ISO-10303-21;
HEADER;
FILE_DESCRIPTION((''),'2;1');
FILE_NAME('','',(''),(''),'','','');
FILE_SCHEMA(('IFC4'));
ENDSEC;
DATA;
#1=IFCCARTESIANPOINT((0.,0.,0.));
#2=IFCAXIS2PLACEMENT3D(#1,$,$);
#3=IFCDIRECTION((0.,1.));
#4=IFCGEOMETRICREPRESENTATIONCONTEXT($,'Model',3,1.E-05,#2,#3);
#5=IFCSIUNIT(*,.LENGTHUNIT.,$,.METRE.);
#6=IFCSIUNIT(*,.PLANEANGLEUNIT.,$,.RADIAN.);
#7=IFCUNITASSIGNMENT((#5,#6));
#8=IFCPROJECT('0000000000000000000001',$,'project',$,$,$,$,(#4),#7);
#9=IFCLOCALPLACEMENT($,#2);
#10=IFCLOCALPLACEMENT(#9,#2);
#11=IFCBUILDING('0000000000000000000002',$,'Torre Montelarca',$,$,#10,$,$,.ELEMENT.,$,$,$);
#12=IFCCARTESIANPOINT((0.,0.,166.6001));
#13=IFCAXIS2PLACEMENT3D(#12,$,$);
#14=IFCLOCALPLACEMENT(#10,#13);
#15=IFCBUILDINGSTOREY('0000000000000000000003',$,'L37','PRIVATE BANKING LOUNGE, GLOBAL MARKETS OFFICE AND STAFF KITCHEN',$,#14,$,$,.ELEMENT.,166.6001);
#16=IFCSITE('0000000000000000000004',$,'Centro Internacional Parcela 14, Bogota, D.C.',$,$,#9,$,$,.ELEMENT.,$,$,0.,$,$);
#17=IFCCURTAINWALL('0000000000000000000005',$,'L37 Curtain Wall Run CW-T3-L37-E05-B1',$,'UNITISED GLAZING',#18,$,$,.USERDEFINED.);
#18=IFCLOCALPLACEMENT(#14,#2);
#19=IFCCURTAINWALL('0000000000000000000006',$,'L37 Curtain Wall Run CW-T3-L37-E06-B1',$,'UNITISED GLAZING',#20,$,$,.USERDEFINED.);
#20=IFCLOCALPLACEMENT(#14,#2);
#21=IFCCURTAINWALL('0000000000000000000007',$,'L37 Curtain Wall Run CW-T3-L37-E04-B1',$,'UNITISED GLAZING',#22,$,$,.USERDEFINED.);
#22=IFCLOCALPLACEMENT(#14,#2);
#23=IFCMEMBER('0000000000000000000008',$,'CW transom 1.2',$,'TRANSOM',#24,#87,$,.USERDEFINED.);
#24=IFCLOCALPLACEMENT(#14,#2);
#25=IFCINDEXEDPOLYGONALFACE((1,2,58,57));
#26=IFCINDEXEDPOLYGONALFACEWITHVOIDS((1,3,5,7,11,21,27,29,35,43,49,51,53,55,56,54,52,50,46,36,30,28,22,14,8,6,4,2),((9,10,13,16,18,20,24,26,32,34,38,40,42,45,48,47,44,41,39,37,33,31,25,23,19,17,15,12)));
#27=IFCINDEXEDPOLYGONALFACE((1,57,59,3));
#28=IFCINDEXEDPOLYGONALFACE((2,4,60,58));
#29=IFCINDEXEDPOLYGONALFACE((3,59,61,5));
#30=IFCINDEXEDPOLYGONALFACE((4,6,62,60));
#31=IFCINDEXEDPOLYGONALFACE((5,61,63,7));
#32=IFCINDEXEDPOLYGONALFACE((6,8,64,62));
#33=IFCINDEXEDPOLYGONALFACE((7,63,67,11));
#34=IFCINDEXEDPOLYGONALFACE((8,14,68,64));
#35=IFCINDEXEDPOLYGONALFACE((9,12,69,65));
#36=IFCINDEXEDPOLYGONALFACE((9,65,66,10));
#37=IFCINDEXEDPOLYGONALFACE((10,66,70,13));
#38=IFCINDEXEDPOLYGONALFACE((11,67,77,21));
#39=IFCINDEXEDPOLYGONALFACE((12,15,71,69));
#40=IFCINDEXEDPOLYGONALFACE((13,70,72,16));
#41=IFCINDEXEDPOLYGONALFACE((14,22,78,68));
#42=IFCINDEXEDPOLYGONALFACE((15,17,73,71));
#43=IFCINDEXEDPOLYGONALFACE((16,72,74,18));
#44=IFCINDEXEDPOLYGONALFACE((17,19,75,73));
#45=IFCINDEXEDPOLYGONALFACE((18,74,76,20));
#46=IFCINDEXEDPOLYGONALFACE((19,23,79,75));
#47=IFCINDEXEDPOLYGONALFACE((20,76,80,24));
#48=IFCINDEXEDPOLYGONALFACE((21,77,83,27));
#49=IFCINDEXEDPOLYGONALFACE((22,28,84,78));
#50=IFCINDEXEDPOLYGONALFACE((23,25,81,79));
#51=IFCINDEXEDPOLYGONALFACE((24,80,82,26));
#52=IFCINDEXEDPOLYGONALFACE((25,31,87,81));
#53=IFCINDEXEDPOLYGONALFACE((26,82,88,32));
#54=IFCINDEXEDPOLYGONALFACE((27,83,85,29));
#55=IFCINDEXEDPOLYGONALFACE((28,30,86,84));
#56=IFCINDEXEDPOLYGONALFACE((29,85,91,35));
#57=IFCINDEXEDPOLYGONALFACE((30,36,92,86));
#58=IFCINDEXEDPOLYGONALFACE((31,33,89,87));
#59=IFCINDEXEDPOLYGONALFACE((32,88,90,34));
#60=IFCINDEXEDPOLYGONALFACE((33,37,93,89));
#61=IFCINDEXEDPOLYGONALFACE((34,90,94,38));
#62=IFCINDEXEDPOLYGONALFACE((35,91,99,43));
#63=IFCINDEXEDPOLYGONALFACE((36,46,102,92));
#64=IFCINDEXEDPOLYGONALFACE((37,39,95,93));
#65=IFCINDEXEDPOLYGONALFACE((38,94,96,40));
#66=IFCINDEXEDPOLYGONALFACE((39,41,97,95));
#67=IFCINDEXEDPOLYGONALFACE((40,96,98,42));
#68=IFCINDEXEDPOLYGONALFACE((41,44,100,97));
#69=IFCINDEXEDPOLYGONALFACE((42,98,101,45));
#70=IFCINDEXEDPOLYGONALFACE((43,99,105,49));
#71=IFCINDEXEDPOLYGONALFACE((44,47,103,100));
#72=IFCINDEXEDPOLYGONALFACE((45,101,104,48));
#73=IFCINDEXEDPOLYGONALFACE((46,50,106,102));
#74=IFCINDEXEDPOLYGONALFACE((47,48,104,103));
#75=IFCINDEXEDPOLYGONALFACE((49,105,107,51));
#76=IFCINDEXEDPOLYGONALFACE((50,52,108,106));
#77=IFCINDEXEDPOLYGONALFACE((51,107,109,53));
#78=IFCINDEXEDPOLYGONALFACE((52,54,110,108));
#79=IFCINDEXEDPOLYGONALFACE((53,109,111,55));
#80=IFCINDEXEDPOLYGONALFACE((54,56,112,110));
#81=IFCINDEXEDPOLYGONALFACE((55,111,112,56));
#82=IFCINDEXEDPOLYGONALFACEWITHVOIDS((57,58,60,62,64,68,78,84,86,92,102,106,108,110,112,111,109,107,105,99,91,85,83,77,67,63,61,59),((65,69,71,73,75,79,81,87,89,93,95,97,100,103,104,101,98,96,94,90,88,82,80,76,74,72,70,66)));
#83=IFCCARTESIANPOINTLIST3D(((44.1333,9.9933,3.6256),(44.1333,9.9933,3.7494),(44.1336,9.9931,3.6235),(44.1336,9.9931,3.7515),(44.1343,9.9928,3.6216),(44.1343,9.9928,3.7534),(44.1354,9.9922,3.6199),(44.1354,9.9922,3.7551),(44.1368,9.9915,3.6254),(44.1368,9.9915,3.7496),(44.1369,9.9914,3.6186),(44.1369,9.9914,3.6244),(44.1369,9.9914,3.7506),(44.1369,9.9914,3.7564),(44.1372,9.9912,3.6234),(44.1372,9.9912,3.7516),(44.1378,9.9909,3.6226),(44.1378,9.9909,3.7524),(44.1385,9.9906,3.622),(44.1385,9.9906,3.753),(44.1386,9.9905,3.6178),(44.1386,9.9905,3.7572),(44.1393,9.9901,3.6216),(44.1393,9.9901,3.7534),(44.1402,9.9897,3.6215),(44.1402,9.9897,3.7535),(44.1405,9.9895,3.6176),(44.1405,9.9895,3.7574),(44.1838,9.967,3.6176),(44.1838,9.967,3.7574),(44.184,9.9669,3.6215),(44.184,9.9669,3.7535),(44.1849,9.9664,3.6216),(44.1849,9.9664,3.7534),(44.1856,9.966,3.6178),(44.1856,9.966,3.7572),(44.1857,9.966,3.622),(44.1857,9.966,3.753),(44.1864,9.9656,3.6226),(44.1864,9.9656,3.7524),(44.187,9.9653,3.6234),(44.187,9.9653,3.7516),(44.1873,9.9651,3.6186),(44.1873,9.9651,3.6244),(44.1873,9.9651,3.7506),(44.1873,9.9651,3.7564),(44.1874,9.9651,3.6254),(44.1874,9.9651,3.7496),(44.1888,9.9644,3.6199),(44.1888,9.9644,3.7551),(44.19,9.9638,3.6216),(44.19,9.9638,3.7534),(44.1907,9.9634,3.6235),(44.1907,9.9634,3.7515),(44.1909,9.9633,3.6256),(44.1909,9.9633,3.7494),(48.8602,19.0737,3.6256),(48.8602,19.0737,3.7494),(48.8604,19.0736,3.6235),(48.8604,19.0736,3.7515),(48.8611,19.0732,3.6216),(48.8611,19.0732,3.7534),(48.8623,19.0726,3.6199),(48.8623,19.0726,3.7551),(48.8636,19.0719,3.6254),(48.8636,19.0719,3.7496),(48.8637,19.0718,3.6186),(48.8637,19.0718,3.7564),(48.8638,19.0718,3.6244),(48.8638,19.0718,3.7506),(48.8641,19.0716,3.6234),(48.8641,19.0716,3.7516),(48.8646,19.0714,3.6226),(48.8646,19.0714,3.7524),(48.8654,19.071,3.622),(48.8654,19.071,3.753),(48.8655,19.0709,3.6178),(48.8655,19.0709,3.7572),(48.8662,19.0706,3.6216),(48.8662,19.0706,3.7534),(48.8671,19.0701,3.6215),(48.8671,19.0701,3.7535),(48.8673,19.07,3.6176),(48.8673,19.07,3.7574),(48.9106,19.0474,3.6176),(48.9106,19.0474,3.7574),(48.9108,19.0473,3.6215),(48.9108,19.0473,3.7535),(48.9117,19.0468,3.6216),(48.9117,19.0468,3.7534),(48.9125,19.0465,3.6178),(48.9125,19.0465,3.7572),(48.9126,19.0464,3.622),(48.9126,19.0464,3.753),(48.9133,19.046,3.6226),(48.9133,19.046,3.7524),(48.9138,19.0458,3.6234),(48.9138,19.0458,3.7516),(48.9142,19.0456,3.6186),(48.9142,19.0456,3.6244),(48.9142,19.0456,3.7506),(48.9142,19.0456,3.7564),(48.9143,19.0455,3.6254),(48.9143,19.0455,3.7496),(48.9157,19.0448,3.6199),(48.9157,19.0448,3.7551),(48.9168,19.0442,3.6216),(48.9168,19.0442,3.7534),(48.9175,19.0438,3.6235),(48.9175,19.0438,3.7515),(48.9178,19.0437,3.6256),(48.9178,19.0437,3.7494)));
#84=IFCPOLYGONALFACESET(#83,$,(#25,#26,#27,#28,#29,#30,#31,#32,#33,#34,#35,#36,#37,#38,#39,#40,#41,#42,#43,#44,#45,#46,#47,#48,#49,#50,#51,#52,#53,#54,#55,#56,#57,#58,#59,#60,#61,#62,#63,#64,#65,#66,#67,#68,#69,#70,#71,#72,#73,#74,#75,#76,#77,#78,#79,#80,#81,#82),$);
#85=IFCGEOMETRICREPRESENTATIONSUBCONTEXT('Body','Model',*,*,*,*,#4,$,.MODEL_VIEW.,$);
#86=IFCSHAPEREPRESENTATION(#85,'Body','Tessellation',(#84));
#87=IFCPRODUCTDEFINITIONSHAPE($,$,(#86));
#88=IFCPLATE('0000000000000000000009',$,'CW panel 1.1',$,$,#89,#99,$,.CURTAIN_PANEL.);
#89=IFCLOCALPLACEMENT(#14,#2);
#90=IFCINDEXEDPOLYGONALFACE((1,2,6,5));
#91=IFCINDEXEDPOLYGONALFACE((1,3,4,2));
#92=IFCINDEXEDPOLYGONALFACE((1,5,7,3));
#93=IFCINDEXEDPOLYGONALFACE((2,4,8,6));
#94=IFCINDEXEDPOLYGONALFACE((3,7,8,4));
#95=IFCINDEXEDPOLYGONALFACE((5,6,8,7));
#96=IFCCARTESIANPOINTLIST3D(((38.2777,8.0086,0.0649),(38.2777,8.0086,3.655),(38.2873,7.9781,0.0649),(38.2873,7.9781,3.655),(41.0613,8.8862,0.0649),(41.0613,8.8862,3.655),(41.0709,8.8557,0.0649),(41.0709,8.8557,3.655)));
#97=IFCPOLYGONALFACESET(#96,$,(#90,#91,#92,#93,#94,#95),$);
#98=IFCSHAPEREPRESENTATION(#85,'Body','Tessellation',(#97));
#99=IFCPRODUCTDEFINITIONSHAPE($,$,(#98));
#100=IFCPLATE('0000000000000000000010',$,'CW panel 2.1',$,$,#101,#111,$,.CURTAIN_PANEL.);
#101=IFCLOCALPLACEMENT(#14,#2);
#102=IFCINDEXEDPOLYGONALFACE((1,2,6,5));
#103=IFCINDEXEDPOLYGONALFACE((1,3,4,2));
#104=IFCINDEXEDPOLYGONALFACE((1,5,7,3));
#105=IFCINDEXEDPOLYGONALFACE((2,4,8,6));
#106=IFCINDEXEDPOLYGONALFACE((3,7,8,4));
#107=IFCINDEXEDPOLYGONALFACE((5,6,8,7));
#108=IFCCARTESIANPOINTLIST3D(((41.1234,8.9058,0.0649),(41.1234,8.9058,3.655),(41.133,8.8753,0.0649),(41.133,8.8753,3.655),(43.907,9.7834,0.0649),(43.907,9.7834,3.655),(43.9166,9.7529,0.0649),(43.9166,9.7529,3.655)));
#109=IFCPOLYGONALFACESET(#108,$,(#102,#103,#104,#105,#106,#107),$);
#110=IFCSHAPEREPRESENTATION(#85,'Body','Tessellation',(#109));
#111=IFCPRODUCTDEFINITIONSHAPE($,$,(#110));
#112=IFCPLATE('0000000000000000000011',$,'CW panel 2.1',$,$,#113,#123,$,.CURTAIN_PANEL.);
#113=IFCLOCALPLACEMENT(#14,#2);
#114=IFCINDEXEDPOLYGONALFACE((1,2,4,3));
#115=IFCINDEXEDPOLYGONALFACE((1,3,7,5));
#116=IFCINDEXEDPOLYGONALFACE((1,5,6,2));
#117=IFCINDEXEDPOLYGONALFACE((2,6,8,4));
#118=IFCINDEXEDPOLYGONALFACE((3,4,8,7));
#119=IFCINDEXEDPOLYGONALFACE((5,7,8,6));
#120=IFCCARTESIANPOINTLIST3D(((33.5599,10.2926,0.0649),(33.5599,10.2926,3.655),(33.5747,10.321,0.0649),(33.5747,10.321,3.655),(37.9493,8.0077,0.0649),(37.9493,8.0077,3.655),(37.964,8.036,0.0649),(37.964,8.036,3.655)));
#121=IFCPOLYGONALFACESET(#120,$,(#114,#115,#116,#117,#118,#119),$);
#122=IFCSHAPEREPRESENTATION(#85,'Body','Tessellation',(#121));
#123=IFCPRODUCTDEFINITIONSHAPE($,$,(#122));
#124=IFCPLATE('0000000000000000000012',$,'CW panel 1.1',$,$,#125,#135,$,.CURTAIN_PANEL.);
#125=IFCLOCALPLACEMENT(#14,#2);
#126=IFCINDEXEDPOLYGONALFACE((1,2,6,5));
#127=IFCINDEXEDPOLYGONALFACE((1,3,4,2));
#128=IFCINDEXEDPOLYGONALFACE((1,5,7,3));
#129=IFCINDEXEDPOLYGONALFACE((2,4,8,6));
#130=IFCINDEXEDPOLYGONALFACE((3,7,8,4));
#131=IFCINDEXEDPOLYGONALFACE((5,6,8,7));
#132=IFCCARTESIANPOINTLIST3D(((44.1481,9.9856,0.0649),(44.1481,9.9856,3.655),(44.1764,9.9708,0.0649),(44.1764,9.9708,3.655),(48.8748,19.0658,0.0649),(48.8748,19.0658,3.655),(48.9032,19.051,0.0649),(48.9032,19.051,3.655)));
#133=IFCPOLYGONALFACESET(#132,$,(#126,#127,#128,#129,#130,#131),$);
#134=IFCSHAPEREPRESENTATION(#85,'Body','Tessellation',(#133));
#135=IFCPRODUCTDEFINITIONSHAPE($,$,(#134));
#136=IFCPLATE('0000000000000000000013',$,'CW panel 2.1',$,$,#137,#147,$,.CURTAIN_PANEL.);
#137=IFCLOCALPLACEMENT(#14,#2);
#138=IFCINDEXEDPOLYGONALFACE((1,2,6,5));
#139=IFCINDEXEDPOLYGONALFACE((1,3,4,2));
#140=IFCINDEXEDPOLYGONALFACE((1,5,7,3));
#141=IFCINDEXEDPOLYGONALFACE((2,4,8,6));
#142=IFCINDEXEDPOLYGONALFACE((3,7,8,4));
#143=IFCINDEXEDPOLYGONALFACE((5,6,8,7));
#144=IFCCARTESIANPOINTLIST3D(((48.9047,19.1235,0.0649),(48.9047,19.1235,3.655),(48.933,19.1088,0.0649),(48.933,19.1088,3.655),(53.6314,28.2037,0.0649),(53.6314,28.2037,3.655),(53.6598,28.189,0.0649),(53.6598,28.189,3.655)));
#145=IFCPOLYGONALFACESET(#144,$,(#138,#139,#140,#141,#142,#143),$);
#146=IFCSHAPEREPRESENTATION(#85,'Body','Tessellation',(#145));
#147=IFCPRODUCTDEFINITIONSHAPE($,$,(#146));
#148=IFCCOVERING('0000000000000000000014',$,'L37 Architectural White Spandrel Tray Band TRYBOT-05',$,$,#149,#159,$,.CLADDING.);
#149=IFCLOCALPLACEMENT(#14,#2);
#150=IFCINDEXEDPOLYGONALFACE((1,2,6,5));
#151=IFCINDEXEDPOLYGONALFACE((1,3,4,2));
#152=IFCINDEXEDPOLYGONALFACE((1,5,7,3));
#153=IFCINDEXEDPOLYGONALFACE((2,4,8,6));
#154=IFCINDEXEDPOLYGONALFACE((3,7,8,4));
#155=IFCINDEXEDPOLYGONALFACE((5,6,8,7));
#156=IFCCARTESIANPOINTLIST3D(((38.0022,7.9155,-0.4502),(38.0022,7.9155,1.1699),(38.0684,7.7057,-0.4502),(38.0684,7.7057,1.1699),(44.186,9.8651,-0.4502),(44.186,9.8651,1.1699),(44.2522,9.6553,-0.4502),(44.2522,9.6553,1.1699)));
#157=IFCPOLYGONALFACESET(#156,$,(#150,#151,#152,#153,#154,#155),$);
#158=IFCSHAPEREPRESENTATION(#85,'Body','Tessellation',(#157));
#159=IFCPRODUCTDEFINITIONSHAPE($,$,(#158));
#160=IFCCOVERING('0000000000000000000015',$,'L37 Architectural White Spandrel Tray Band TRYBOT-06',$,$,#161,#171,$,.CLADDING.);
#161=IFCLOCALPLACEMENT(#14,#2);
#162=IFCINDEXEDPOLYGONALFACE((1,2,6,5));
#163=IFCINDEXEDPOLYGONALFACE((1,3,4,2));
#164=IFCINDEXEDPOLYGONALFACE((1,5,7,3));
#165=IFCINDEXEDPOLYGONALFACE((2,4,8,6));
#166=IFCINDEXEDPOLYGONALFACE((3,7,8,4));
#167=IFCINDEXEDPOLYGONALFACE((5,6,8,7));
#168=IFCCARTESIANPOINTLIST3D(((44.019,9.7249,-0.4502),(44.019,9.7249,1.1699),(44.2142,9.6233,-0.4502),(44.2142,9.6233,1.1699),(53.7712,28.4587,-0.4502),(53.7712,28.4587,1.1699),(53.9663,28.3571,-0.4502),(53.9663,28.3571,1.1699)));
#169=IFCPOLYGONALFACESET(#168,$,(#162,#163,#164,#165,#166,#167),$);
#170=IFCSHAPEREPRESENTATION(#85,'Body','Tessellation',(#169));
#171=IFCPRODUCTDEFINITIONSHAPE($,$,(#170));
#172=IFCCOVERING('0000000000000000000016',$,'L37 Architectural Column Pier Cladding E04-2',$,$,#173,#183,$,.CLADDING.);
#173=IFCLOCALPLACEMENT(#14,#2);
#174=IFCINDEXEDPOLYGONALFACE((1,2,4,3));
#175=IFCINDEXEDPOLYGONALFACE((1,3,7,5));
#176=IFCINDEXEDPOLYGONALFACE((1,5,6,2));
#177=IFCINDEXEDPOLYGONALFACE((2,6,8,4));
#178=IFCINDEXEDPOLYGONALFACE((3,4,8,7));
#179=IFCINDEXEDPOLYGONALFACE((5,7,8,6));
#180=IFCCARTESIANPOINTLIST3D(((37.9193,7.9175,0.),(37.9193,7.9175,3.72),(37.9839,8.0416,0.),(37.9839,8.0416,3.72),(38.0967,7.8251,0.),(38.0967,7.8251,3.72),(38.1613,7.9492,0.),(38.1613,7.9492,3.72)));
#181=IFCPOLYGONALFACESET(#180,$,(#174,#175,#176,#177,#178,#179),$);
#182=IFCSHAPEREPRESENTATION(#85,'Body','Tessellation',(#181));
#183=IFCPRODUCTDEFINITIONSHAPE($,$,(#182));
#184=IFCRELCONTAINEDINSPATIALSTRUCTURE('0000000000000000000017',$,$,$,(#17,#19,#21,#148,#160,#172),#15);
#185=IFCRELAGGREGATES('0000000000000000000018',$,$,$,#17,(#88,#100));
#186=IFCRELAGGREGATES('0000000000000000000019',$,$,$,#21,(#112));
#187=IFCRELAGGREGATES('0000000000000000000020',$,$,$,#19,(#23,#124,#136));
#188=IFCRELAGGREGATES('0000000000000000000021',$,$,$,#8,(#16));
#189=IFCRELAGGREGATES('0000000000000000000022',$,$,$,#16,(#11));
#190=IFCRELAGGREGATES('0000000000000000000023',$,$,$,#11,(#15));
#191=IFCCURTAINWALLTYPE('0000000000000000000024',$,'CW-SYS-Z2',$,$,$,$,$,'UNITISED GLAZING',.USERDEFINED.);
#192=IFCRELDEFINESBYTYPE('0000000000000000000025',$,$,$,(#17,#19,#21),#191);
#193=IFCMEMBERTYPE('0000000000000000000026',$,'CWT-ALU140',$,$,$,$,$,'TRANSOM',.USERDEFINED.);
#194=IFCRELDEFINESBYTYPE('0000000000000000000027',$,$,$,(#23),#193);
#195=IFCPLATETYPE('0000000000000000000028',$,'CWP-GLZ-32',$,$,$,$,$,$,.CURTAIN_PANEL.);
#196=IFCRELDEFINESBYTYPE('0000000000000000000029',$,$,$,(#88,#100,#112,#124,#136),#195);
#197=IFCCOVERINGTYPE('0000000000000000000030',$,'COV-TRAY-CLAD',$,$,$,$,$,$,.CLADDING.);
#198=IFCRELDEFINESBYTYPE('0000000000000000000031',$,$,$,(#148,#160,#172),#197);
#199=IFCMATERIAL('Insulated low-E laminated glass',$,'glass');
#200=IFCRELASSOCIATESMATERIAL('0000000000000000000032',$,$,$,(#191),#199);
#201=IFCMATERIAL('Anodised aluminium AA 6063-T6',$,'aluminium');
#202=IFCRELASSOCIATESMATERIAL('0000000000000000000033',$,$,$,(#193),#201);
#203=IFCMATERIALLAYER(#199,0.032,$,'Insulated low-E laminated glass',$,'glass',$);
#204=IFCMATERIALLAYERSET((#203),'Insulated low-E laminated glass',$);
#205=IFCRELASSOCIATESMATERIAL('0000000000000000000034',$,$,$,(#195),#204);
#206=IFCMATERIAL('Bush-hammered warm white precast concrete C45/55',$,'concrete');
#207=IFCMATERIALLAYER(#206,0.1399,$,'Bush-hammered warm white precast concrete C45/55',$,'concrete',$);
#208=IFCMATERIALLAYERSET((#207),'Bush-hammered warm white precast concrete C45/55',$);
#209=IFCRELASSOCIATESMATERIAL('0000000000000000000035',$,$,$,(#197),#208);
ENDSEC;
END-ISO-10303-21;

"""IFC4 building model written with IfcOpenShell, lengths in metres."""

from ifc_helpers import new_model, si_unit, direction, frame, origin, origin_2d, place, context, subcontext, project, spatial, rectangle, hollow_rectangle, extrude, source, transform, mapped, material, layer, layer_set, material_profile, profile_set, type_object, element, aggregate, save


model = new_model("IFC4")

# Units and contexts
model_context = context("Model", 3, precision=1e-05, world=origin(), true_north=direction((0.0, 1.0)))
body_context = subcontext(model_context, "Body", "Model", "MODEL_VIEW")
ifc_project = project(units=[si_unit("LENGTHUNIT", "METRE"), si_unit("PLANEANGLEUNIT", "RADIAN")], contexts=[model_context])

# Site, building, storey
site_placement = place(None, origin())
site = spatial("IfcSite", under=ifc_project, at=site_placement, Name="Centro Internacional Parcela 14, Bogota, D.C.", CompositionType="ELEMENT", RefElevation=0.0)
building_placement = place(site_placement, origin())
building = spatial("IfcBuilding", under=site, at=building_placement, Name="Torre Montelarca", CompositionType="ELEMENT")
storey_placement = place(building_placement, frame((0.0, 0.0, 166.6001)))
storey = spatial("IfcBuildingStorey", under=building, at=storey_placement, Name="L37", Description="PRIVATE BANKING LOUNGE, GLOBAL MARKETS OFFICE AND STAFF KITCHEN", CompositionType="ELEMENT", Elevation=166.6001)

# Curtain walls
ifc_material_1 = material(Name="Insulated low-E laminated glass", Category="glass")
curtain_wall_type = type_object("IfcCurtainWallType", Name="CW-SYS-Z2", ElementType="UNITISED GLAZING", PredefinedType="USERDEFINED", material=ifc_material_1)
curtain_wall_1_placement = place(storey_placement, origin())
curtain_wall_1 = element("IfcCurtainWall", 1, at=curtain_wall_1_placement, inside=storey, type_object=curtain_wall_type, Name="L37 Curtain Wall Run CW-T3-L37-E05-B1", ObjectType="UNITISED GLAZING", PredefinedType="USERDEFINED")
ifc_material_2 = material(Name="Anodised aluminium AA 6063-T6", Category="aluminium")
ifc_material_profile_1 = material_profile(ifc_material_2, hollow_rectangle(XDim=0.0649, YDim=0.1399, WallThickness=0.0039, InnerFilletRadius=0.0039, OuterFilletRadius=0.0081, at=origin_2d()), Name="ALU65X140X4", Category="aluminium")
ifc_profile_set_1 = profile_set([ifc_material_profile_1], Name="Anodised aluminium AA 6063-T6")
member_type_1 = type_object("IfcMemberType", Name="CWT-ALU140", ElementType="TRANSOM", PredefinedType="USERDEFINED", material=ifc_profile_set_1)
curtain_wall_2_placement = place(storey_placement, origin())
curtain_wall_2 = element("IfcCurtainWall", 2, at=curtain_wall_2_placement, inside=storey, type_object=curtain_wall_type, Name="L37 Curtain Wall Run CW-T3-L37-E06-B1", ObjectType="UNITISED GLAZING", PredefinedType="USERDEFINED")

# Curtain wall
curtain_wall_3_placement = place(storey_placement, origin())
curtain_wall_3 = element("IfcCurtainWall", 3, at=curtain_wall_3_placement, inside=storey, type_object=curtain_wall_type, Name="L37 Curtain Wall Run CW-T3-L37-E04-B1", ObjectType="UNITISED GLAZING", PredefinedType="USERDEFINED")

# Member
shared_shape_1 = source(origin(), body_context, "Body", "SweptSolid", [
    extrude(hollow_rectangle(XDim=0.0649, YDim=0.1399, WallThickness=0.0039, InnerFilletRadius=0.0039, OuterFilletRadius=0.0081, at=origin_2d()), origin(), (0.0, 0.0, 1.0), 10.2371),
])
member_1_placement = place(storey_placement, frame((44.1621, 9.9783, 3.6875), z_axis=(0.46174, 0.887015, 0.0), x_axis=(-0.887015, 0.46174, 0.0)))
member_1 = element("IfcMember", 4, at=member_1_placement, type_object=member_type_1, Name="CW transom 1.2", ObjectType="TRANSOM", PredefinedType="USERDEFINED", context=body_context, shape_type="MappedRepresentation", body=[
    mapped(shared_shape_1, transform((0.0, 0.0, 0.0), scale=1.0)),
])

# Plates
ifc_layer_1 = layer(ifc_material_1, 0.032, Name="Insulated low-E laminated glass", Category="glass")
ifc_layer_set_1 = layer_set([ifc_layer_1], Name="Insulated low-E laminated glass")
plate_type = type_object("IfcPlateType", Name="CWP-GLZ-32", PredefinedType="CURTAIN_PANEL", material=ifc_layer_set_1)
shared_shape_2 = source(origin(), body_context, "Body", "SweptSolid", [
    extrude(rectangle(XDim=2.9187, YDim=0.032, at=origin_2d()), origin(), (0.0, 0.0, 1.0), 3.5901),
])
plate_1_placement = place(storey_placement, frame((39.6743, 8.4321, 0.0649), z_axis=(0.0, 0.0, 1.0), x_axis=(0.953725, 0.300679, 0.0)))
plate_1 = element("IfcPlate", 5, at=plate_1_placement, type_object=plate_type, Name="CW panel 1.1", PredefinedType="CURTAIN_PANEL", context=body_context, shape_type="MappedRepresentation", body=[
    mapped(shared_shape_2, transform((0.0, 0.0, 0.0), scale=1.0)),
])
plate_2_placement = place(storey_placement, frame((42.52, 9.3293, 0.0649), z_axis=(0.0, 0.0, 1.0), x_axis=(0.953725, 0.300679, 0.0)))
plate_2 = element("IfcPlate", 6, at=plate_2_placement, type_object=plate_type, Name="CW panel 2.1", PredefinedType="CURTAIN_PANEL", context=body_context, shape_type="MappedRepresentation", body=[
    mapped(shared_shape_2, transform((0.0, 0.0, 0.0), scale=1.0)),
])
aggregate(curtain_wall_1, [plate_1, plate_2])
shared_shape_3 = source(origin(), body_context, "Body", "SweptSolid", [
    extrude(rectangle(XDim=4.9485, YDim=0.032, at=origin_2d()), origin(), (0.0, 0.0, 1.0), 3.5901),
])
plate_3_placement = place(storey_placement, frame((35.762, 9.1643, 0.0649), z_axis=(0.0, 0.0, 1.0), x_axis=(0.887013, -0.461744, 0.0)))
plate_3 = element("IfcPlate", 7, at=plate_3_placement, type_object=plate_type, Name="CW panel 2.1", PredefinedType="CURTAIN_PANEL", context=body_context, shape_type="MappedRepresentation", body=[
    mapped(shared_shape_3, transform((0.0, 0.0, 0.0), scale=1.0)),
])
aggregate(curtain_wall_3, [plate_3])
shared_shape_4 = source(origin(), body_context, "Body", "SweptSolid", [
    extrude(rectangle(XDim=10.2368, YDim=0.032, at=origin_2d()), origin(), (0.0, 0.0, 1.0), 3.5901),
])
plate_4_placement = place(storey_placement, frame((46.5256, 14.5183, 0.0649), z_axis=(0.0, 0.0, 1.0), x_axis=(0.461743, 0.887014, 0.0)))
plate_4 = element("IfcPlate", 8, at=plate_4_placement, type_object=plate_type, Name="CW panel 1.1", PredefinedType="CURTAIN_PANEL", context=body_context, shape_type="MappedRepresentation", body=[
    mapped(shared_shape_4, transform((0.0, 0.0, 0.0), scale=1.0)),
])
plate_5_placement = place(storey_placement, frame((51.2822, 23.6562, 0.0649), z_axis=(0.0, 0.0, 1.0), x_axis=(0.461743, 0.887014, 0.0)))
plate_5 = element("IfcPlate", 9, at=plate_5_placement, type_object=plate_type, Name="CW panel 2.1", PredefinedType="CURTAIN_PANEL", context=body_context, shape_type="MappedRepresentation", body=[
    mapped(shared_shape_4, transform((0.0, 0.0, 0.0), scale=1.0)),
])
aggregate(curtain_wall_2, [member_1, plate_4, plate_5])

# Coverings
ifc_material_3 = material(Name="Bush-hammered warm white precast concrete C45/55", Category="concrete")
ifc_layer_2 = layer(ifc_material_3, 0.1399, Name="Bush-hammered warm white precast concrete C45/55", Category="concrete")
ifc_layer_set_2 = layer_set([ifc_layer_2], Name="Bush-hammered warm white precast concrete C45/55")
covering_type = type_object("IfcCoveringType", Name="COV-TRAY-CLAD", PredefinedType="CLADDING", material=ifc_layer_set_2)
shared_shape_5 = source(origin(), body_context, "Body", "SweptSolid", [
    extrude(rectangle(XDim=6.4839, YDim=0.22, at=origin_2d()), origin(), (0.0, 0.0, 1.0), 1.6201),
])
covering_1_placement = place(storey_placement, frame((41.1272, 8.7854, -0.4502), z_axis=(0.0, 0.0, 1.0), x_axis=(0.953722, 0.300691, 0.0)))
element("IfcCovering", 10, at=covering_1_placement, inside=storey, type_object=covering_type, Name="L37 Architectural White Spandrel Tray Band TRYBOT-05", PredefinedType="CLADDING", context=body_context, shape_type="MappedRepresentation", body=[
    mapped(shared_shape_5, transform((0.0, 0.0, 0.0), scale=1.0)),
])
shared_shape_6 = source(origin(), body_context, "Body", "SweptSolid", [
    extrude(rectangle(XDim=21.1201, YDim=0.22, at=origin_2d()), origin(), (0.0, 0.0, 1.0), 1.6201),
])
covering_2_placement = place(storey_placement, frame((48.9927, 19.041, -0.4502), z_axis=(0.0, 0.0, 1.0), x_axis=(0.461747, 0.887012, 0.0)))
element("IfcCovering", 11, at=covering_2_placement, inside=storey, type_object=covering_type, Name="L37 Architectural White Spandrel Tray Band TRYBOT-06", PredefinedType="CLADDING", context=body_context, shape_type="MappedRepresentation", body=[
    mapped(shared_shape_6, transform((0.0, 0.0, 0.0), scale=1.0)),
])
shared_shape_7 = source(origin(), body_context, "Body", "SweptSolid", [
    extrude(rectangle(XDim=0.2, YDim=0.1399, at=origin_2d()), origin(), (0.0, 0.0, 1.0), 3.72),
])
for number, where, z_axis, x_axis, name in (
    (12, (38.0403, 7.9333, 0.0), (0.0, 0.0, 1.0), (0.887012, -0.461747, 0.0), "L37 Architectural Column Pier Cladding E04-2"),
):
    element("IfcCovering", number, at=place(storey_placement, frame(where, z_axis=z_axis, x_axis=x_axis)), inside=storey, type_object=covering_type, Name=name, PredefinedType="CLADDING", context=body_context, shape_type="MappedRepresentation", body=[
        mapped(shared_shape_7, transform((0.0, 0.0, 0.0), scale=1.0)),
    ])

save(model, "model.ifc")
